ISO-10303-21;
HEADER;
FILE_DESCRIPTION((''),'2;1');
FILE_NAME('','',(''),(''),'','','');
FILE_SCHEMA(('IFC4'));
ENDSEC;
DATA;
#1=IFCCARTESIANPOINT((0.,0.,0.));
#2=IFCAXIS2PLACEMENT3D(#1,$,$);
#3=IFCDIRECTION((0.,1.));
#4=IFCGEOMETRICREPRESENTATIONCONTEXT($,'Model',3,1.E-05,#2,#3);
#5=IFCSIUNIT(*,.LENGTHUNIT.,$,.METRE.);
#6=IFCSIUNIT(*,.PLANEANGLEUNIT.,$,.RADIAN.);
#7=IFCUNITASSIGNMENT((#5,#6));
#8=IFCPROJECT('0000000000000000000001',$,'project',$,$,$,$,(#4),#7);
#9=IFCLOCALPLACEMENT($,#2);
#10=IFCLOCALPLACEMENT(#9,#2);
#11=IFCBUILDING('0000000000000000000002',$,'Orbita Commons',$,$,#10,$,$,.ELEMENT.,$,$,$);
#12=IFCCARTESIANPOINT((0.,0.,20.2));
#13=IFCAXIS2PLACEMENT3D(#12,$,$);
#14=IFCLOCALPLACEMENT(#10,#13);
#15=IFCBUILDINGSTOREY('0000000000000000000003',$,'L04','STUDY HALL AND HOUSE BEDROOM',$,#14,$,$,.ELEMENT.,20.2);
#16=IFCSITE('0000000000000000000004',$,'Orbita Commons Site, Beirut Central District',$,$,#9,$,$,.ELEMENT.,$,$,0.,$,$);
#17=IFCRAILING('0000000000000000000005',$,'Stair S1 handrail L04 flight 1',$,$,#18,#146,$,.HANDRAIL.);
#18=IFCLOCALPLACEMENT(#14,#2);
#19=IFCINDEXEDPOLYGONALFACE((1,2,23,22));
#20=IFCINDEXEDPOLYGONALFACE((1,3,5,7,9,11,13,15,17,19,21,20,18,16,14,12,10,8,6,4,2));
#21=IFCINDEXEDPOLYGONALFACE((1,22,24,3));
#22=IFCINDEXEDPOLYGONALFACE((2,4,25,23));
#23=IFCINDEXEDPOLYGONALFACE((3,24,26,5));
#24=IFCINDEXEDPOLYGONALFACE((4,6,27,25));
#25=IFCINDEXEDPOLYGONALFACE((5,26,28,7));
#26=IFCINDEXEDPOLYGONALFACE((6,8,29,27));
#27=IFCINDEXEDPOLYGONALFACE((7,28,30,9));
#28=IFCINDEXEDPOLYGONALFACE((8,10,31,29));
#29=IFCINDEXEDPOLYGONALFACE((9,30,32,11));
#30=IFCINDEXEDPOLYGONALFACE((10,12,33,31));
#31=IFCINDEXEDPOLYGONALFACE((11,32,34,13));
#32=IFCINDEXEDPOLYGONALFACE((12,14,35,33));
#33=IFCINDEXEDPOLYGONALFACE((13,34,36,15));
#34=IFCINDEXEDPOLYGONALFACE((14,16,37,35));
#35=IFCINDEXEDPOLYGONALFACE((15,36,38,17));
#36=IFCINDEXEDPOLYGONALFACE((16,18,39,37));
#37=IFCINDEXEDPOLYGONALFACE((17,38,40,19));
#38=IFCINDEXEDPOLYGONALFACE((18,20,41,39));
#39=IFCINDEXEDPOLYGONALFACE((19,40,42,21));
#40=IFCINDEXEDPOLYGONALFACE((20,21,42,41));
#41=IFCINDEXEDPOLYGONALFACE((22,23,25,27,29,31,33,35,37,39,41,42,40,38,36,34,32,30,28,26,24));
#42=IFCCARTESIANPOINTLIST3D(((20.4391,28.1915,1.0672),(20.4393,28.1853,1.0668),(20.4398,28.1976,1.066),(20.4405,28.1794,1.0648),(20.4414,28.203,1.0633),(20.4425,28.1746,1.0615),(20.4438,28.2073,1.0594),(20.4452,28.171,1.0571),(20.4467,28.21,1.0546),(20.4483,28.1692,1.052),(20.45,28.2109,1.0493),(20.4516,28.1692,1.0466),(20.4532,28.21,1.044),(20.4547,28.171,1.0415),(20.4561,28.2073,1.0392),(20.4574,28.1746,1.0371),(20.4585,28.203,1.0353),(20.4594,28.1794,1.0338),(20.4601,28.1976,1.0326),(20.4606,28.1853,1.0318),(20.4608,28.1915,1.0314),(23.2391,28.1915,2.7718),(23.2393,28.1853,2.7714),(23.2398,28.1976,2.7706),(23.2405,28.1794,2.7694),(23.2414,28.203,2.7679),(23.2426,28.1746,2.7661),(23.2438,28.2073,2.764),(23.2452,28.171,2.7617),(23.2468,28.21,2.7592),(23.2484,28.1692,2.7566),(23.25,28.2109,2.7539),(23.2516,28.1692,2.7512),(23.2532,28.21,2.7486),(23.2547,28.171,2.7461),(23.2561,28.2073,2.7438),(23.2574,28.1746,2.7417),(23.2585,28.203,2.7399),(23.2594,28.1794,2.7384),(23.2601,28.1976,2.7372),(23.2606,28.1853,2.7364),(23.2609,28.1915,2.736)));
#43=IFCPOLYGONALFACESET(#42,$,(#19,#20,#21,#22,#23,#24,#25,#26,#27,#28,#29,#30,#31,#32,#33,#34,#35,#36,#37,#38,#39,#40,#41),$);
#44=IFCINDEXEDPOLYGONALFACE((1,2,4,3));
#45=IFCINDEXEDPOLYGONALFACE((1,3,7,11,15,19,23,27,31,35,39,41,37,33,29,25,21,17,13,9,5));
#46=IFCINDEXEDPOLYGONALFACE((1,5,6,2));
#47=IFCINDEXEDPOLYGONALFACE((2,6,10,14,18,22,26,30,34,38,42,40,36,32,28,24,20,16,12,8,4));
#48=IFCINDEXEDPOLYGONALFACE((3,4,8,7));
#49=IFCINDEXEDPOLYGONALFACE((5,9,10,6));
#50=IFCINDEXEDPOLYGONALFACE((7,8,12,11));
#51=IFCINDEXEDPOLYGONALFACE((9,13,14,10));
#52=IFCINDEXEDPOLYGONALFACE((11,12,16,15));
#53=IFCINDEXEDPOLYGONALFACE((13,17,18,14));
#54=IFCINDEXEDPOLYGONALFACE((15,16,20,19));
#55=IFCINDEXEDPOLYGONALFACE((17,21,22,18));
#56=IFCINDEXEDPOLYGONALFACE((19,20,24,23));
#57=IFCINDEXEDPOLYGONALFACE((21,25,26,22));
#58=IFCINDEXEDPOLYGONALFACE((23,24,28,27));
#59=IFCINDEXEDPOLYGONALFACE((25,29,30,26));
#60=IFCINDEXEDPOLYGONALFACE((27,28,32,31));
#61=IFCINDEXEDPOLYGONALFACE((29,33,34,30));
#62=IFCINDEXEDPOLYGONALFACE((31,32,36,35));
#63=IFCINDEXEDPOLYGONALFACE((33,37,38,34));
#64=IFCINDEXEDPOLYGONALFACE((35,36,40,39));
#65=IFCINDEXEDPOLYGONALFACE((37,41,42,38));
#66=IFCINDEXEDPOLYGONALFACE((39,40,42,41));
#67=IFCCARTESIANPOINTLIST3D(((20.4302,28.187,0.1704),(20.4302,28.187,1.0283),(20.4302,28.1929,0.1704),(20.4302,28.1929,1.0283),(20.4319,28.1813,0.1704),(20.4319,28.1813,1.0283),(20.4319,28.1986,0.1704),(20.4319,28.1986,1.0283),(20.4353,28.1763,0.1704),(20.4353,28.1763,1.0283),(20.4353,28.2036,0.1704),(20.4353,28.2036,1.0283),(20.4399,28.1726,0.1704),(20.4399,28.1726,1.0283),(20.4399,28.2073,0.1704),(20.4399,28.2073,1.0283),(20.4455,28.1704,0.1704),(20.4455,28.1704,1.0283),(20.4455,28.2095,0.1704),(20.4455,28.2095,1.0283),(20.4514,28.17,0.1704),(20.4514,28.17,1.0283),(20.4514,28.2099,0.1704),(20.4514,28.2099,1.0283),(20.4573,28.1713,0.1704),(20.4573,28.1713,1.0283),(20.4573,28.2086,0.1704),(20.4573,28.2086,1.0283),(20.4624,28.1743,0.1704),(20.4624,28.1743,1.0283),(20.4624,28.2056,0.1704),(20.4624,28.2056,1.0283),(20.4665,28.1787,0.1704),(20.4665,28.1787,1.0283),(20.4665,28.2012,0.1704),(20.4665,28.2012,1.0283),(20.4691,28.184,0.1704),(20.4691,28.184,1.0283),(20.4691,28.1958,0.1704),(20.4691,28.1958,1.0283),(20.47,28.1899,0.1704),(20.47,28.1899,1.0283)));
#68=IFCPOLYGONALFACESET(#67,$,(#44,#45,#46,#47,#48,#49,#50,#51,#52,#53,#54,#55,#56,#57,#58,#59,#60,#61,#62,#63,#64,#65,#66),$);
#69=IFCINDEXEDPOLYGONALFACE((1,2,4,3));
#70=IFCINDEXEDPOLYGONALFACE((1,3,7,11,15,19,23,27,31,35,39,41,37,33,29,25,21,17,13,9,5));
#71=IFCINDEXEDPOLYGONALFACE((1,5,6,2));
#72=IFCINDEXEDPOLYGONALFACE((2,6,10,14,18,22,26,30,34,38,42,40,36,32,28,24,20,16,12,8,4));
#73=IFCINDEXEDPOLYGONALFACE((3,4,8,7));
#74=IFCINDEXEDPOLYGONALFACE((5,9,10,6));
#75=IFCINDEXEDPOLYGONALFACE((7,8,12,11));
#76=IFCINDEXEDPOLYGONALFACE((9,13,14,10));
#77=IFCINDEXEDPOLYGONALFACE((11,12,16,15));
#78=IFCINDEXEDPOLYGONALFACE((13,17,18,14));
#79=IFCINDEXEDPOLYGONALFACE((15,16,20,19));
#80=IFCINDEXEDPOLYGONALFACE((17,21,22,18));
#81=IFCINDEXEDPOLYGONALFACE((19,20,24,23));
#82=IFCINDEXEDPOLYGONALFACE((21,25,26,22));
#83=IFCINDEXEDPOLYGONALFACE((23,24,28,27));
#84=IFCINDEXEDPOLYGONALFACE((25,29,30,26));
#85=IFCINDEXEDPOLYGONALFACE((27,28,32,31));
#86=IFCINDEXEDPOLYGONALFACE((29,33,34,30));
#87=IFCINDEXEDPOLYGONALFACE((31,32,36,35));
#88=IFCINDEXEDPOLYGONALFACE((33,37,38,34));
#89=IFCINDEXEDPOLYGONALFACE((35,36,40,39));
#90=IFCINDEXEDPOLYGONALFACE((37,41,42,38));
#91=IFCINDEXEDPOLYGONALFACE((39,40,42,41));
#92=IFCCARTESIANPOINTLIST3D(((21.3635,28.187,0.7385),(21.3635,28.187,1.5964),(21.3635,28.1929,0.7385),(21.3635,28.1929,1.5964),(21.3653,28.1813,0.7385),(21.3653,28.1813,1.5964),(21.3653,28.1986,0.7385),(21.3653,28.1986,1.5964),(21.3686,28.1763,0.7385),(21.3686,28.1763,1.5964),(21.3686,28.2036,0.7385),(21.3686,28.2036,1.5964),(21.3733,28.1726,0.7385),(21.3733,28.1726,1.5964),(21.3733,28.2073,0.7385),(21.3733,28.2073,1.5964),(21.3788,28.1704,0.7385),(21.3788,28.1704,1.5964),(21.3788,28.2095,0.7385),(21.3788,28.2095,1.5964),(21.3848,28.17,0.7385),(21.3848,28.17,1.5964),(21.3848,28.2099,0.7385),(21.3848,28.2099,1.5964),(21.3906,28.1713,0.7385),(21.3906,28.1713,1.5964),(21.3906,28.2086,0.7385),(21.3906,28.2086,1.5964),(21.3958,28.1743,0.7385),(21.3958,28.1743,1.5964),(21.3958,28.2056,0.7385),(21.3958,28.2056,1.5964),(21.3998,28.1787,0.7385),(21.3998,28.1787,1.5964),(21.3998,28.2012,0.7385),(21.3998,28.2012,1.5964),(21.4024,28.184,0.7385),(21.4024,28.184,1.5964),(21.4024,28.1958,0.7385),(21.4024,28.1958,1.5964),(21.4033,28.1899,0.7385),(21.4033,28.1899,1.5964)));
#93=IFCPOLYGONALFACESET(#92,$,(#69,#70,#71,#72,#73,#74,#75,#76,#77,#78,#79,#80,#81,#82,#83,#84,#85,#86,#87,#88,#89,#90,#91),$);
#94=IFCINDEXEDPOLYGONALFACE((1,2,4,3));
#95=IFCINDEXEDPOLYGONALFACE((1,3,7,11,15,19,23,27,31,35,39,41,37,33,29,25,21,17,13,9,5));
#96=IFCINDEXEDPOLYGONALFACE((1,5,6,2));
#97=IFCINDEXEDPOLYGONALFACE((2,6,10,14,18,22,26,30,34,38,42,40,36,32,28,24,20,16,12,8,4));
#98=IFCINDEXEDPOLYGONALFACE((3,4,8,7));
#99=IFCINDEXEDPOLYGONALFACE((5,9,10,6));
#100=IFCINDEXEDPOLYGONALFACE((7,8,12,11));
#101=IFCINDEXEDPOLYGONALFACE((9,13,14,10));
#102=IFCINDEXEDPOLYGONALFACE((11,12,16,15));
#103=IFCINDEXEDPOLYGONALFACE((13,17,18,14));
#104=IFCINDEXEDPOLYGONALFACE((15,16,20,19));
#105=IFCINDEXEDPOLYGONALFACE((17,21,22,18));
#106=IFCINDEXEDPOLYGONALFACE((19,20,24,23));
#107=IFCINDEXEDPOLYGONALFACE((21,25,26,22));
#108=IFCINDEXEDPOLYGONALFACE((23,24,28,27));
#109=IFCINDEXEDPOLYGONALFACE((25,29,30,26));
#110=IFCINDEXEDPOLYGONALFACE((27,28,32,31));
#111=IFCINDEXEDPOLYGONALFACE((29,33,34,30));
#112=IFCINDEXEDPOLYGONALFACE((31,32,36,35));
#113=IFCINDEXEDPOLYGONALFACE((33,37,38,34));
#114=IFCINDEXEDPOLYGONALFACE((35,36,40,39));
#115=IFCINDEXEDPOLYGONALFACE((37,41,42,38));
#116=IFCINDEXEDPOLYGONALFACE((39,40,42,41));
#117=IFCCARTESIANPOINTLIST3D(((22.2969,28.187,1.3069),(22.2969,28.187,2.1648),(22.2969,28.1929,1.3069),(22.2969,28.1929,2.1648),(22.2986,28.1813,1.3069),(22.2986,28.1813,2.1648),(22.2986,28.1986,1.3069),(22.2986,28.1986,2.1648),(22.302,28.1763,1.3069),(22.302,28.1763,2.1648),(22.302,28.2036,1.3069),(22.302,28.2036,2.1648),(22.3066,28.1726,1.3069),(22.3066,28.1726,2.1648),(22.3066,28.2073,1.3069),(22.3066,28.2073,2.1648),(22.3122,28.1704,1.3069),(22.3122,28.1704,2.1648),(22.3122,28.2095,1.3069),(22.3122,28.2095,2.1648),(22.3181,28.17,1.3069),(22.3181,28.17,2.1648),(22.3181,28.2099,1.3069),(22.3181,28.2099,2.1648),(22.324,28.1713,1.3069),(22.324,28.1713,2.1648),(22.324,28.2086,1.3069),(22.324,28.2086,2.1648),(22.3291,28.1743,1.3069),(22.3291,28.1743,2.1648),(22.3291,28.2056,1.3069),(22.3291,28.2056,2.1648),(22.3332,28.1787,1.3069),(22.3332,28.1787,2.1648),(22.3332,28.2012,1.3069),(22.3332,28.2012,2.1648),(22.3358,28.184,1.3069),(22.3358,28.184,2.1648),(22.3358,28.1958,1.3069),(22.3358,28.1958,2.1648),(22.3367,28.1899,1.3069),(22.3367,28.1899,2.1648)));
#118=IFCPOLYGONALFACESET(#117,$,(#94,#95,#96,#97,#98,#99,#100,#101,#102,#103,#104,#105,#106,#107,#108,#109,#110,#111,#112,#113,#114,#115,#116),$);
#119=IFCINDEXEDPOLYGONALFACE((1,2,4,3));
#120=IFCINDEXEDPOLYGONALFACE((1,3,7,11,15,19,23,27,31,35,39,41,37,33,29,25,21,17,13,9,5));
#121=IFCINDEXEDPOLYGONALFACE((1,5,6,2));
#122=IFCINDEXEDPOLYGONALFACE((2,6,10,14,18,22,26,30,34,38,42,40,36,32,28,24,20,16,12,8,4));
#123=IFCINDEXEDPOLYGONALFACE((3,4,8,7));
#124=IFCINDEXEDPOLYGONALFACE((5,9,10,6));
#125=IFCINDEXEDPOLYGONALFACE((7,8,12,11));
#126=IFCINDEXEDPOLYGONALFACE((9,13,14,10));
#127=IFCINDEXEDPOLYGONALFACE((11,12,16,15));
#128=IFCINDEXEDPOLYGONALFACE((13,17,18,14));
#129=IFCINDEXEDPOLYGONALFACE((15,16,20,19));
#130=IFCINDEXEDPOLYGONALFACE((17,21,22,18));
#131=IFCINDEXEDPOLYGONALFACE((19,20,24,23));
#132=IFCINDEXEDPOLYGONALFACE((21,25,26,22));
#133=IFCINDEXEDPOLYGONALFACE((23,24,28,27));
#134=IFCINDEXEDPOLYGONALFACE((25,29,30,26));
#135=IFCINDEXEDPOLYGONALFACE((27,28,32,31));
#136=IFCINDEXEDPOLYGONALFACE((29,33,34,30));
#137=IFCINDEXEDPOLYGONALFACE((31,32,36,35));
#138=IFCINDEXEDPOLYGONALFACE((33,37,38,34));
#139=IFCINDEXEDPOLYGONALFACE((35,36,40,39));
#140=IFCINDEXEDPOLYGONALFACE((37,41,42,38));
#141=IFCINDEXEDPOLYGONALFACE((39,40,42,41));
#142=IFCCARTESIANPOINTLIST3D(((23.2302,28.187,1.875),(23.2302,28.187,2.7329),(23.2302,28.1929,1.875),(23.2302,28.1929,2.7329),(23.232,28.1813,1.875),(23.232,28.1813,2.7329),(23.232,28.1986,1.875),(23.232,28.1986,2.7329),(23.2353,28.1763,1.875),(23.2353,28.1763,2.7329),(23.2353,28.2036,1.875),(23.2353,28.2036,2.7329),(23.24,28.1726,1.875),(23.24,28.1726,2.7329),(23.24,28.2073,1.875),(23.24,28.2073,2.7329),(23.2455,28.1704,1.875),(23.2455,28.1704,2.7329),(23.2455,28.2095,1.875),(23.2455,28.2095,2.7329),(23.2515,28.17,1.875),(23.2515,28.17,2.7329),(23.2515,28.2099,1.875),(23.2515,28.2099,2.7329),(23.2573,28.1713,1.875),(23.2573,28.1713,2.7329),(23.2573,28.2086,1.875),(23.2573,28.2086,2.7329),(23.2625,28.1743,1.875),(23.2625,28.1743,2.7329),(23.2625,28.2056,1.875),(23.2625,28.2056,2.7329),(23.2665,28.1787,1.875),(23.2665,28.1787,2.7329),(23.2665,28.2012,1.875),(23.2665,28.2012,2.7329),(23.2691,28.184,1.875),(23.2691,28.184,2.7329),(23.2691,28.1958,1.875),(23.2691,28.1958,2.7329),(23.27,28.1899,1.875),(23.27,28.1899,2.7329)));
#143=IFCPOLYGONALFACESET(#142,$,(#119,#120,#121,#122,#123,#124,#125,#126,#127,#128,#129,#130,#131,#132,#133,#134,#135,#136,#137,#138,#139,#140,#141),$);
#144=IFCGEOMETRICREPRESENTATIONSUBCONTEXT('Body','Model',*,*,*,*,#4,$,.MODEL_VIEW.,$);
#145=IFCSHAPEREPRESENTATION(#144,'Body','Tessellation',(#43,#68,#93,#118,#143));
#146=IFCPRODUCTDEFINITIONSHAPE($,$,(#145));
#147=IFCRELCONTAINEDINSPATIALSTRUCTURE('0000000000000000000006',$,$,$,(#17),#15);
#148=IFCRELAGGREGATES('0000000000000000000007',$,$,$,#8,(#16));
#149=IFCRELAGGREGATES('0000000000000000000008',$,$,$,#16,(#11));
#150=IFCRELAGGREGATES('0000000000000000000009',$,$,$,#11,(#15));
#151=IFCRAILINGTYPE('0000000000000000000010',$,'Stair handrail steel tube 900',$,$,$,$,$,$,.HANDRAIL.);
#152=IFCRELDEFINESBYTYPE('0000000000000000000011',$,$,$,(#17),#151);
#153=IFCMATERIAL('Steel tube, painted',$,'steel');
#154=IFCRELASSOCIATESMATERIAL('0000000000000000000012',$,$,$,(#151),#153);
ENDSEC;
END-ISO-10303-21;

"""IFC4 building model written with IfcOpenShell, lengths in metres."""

from ifc_helpers import new_model, si_unit, direction, frame, origin, origin_2d, place, context, subcontext, project, spatial, circle, extrude, material, type_object, element, save


model = new_model("IFC4")

# Units and contexts
model_context = context("Model", 3, precision=1e-05, world=origin(), true_north=direction((0.0, 1.0)))
body_context = subcontext(model_context, "Body", "Model", "MODEL_VIEW")
ifc_project = project(units=[si_unit("LENGTHUNIT", "METRE"), si_unit("PLANEANGLEUNIT", "RADIAN")], contexts=[model_context])

# Site, building, storey
site_placement = place(None, origin())
site = spatial("IfcSite", under=ifc_project, at=site_placement, Name="Orbita Commons Site, Beirut Central District", CompositionType="ELEMENT", RefElevation=0.0)
building_placement = place(site_placement, origin())
building = spatial("IfcBuilding", under=site, at=building_placement, Name="Orbita Commons", CompositionType="ELEMENT")
storey_placement = place(building_placement, frame((0.0, 0.0, 20.2)))
storey = spatial("IfcBuildingStorey", under=building, at=storey_placement, Name="L04", Description="STUDY HALL AND HOUSE BEDROOM", CompositionType="ELEMENT", Elevation=20.2)

# Railing
ifc_material_1 = material(Name="Steel tube, painted", Category="steel")
railing_type = type_object("IfcRailingType", Name="Stair handrail steel tube 900", PredefinedType="HANDRAIL", material=ifc_material_1)
for number, where, name in (
    (1, (20.45, 28.1899, 0.1704), "Stair S1 handrail L04 flight 1"),
):
    element("IfcRailing", number, at=place(storey_placement, frame(where)), inside=storey, type_object=railing_type, Name=name, PredefinedType="HANDRAIL", context=body_context, shape_type="SweptSolid", body=[
        extrude(circle(Radius=0.021, at=origin_2d()), frame((0.0, 0.0, 0.8789), z_axis=(0.85417, 0.0, 0.519994), x_axis=(0.0, 1.0, 0.0)), (0.0, 0.0, 1.0), 3.2781),
        extrude(circle(Radius=0.02, at=origin_2d()), origin(), (0.0, 0.0, 1.0), 0.8579),
        extrude(circle(Radius=0.02, at=origin_2d()), frame((0.9333, 0.0, 0.5681)), (0.0, 0.0, 1.0), 0.8579),
        extrude(circle(Radius=0.02, at=origin_2d()), frame((1.8667, 0.0, 1.1365)), (0.0, 0.0, 1.0), 0.8579),
        extrude(circle(Radius=0.02, at=origin_2d()), frame((2.8, 0.0, 1.7046)), (0.0, 0.0, 1.0), 0.8579),
    ])

save(model, "model.ifc")
